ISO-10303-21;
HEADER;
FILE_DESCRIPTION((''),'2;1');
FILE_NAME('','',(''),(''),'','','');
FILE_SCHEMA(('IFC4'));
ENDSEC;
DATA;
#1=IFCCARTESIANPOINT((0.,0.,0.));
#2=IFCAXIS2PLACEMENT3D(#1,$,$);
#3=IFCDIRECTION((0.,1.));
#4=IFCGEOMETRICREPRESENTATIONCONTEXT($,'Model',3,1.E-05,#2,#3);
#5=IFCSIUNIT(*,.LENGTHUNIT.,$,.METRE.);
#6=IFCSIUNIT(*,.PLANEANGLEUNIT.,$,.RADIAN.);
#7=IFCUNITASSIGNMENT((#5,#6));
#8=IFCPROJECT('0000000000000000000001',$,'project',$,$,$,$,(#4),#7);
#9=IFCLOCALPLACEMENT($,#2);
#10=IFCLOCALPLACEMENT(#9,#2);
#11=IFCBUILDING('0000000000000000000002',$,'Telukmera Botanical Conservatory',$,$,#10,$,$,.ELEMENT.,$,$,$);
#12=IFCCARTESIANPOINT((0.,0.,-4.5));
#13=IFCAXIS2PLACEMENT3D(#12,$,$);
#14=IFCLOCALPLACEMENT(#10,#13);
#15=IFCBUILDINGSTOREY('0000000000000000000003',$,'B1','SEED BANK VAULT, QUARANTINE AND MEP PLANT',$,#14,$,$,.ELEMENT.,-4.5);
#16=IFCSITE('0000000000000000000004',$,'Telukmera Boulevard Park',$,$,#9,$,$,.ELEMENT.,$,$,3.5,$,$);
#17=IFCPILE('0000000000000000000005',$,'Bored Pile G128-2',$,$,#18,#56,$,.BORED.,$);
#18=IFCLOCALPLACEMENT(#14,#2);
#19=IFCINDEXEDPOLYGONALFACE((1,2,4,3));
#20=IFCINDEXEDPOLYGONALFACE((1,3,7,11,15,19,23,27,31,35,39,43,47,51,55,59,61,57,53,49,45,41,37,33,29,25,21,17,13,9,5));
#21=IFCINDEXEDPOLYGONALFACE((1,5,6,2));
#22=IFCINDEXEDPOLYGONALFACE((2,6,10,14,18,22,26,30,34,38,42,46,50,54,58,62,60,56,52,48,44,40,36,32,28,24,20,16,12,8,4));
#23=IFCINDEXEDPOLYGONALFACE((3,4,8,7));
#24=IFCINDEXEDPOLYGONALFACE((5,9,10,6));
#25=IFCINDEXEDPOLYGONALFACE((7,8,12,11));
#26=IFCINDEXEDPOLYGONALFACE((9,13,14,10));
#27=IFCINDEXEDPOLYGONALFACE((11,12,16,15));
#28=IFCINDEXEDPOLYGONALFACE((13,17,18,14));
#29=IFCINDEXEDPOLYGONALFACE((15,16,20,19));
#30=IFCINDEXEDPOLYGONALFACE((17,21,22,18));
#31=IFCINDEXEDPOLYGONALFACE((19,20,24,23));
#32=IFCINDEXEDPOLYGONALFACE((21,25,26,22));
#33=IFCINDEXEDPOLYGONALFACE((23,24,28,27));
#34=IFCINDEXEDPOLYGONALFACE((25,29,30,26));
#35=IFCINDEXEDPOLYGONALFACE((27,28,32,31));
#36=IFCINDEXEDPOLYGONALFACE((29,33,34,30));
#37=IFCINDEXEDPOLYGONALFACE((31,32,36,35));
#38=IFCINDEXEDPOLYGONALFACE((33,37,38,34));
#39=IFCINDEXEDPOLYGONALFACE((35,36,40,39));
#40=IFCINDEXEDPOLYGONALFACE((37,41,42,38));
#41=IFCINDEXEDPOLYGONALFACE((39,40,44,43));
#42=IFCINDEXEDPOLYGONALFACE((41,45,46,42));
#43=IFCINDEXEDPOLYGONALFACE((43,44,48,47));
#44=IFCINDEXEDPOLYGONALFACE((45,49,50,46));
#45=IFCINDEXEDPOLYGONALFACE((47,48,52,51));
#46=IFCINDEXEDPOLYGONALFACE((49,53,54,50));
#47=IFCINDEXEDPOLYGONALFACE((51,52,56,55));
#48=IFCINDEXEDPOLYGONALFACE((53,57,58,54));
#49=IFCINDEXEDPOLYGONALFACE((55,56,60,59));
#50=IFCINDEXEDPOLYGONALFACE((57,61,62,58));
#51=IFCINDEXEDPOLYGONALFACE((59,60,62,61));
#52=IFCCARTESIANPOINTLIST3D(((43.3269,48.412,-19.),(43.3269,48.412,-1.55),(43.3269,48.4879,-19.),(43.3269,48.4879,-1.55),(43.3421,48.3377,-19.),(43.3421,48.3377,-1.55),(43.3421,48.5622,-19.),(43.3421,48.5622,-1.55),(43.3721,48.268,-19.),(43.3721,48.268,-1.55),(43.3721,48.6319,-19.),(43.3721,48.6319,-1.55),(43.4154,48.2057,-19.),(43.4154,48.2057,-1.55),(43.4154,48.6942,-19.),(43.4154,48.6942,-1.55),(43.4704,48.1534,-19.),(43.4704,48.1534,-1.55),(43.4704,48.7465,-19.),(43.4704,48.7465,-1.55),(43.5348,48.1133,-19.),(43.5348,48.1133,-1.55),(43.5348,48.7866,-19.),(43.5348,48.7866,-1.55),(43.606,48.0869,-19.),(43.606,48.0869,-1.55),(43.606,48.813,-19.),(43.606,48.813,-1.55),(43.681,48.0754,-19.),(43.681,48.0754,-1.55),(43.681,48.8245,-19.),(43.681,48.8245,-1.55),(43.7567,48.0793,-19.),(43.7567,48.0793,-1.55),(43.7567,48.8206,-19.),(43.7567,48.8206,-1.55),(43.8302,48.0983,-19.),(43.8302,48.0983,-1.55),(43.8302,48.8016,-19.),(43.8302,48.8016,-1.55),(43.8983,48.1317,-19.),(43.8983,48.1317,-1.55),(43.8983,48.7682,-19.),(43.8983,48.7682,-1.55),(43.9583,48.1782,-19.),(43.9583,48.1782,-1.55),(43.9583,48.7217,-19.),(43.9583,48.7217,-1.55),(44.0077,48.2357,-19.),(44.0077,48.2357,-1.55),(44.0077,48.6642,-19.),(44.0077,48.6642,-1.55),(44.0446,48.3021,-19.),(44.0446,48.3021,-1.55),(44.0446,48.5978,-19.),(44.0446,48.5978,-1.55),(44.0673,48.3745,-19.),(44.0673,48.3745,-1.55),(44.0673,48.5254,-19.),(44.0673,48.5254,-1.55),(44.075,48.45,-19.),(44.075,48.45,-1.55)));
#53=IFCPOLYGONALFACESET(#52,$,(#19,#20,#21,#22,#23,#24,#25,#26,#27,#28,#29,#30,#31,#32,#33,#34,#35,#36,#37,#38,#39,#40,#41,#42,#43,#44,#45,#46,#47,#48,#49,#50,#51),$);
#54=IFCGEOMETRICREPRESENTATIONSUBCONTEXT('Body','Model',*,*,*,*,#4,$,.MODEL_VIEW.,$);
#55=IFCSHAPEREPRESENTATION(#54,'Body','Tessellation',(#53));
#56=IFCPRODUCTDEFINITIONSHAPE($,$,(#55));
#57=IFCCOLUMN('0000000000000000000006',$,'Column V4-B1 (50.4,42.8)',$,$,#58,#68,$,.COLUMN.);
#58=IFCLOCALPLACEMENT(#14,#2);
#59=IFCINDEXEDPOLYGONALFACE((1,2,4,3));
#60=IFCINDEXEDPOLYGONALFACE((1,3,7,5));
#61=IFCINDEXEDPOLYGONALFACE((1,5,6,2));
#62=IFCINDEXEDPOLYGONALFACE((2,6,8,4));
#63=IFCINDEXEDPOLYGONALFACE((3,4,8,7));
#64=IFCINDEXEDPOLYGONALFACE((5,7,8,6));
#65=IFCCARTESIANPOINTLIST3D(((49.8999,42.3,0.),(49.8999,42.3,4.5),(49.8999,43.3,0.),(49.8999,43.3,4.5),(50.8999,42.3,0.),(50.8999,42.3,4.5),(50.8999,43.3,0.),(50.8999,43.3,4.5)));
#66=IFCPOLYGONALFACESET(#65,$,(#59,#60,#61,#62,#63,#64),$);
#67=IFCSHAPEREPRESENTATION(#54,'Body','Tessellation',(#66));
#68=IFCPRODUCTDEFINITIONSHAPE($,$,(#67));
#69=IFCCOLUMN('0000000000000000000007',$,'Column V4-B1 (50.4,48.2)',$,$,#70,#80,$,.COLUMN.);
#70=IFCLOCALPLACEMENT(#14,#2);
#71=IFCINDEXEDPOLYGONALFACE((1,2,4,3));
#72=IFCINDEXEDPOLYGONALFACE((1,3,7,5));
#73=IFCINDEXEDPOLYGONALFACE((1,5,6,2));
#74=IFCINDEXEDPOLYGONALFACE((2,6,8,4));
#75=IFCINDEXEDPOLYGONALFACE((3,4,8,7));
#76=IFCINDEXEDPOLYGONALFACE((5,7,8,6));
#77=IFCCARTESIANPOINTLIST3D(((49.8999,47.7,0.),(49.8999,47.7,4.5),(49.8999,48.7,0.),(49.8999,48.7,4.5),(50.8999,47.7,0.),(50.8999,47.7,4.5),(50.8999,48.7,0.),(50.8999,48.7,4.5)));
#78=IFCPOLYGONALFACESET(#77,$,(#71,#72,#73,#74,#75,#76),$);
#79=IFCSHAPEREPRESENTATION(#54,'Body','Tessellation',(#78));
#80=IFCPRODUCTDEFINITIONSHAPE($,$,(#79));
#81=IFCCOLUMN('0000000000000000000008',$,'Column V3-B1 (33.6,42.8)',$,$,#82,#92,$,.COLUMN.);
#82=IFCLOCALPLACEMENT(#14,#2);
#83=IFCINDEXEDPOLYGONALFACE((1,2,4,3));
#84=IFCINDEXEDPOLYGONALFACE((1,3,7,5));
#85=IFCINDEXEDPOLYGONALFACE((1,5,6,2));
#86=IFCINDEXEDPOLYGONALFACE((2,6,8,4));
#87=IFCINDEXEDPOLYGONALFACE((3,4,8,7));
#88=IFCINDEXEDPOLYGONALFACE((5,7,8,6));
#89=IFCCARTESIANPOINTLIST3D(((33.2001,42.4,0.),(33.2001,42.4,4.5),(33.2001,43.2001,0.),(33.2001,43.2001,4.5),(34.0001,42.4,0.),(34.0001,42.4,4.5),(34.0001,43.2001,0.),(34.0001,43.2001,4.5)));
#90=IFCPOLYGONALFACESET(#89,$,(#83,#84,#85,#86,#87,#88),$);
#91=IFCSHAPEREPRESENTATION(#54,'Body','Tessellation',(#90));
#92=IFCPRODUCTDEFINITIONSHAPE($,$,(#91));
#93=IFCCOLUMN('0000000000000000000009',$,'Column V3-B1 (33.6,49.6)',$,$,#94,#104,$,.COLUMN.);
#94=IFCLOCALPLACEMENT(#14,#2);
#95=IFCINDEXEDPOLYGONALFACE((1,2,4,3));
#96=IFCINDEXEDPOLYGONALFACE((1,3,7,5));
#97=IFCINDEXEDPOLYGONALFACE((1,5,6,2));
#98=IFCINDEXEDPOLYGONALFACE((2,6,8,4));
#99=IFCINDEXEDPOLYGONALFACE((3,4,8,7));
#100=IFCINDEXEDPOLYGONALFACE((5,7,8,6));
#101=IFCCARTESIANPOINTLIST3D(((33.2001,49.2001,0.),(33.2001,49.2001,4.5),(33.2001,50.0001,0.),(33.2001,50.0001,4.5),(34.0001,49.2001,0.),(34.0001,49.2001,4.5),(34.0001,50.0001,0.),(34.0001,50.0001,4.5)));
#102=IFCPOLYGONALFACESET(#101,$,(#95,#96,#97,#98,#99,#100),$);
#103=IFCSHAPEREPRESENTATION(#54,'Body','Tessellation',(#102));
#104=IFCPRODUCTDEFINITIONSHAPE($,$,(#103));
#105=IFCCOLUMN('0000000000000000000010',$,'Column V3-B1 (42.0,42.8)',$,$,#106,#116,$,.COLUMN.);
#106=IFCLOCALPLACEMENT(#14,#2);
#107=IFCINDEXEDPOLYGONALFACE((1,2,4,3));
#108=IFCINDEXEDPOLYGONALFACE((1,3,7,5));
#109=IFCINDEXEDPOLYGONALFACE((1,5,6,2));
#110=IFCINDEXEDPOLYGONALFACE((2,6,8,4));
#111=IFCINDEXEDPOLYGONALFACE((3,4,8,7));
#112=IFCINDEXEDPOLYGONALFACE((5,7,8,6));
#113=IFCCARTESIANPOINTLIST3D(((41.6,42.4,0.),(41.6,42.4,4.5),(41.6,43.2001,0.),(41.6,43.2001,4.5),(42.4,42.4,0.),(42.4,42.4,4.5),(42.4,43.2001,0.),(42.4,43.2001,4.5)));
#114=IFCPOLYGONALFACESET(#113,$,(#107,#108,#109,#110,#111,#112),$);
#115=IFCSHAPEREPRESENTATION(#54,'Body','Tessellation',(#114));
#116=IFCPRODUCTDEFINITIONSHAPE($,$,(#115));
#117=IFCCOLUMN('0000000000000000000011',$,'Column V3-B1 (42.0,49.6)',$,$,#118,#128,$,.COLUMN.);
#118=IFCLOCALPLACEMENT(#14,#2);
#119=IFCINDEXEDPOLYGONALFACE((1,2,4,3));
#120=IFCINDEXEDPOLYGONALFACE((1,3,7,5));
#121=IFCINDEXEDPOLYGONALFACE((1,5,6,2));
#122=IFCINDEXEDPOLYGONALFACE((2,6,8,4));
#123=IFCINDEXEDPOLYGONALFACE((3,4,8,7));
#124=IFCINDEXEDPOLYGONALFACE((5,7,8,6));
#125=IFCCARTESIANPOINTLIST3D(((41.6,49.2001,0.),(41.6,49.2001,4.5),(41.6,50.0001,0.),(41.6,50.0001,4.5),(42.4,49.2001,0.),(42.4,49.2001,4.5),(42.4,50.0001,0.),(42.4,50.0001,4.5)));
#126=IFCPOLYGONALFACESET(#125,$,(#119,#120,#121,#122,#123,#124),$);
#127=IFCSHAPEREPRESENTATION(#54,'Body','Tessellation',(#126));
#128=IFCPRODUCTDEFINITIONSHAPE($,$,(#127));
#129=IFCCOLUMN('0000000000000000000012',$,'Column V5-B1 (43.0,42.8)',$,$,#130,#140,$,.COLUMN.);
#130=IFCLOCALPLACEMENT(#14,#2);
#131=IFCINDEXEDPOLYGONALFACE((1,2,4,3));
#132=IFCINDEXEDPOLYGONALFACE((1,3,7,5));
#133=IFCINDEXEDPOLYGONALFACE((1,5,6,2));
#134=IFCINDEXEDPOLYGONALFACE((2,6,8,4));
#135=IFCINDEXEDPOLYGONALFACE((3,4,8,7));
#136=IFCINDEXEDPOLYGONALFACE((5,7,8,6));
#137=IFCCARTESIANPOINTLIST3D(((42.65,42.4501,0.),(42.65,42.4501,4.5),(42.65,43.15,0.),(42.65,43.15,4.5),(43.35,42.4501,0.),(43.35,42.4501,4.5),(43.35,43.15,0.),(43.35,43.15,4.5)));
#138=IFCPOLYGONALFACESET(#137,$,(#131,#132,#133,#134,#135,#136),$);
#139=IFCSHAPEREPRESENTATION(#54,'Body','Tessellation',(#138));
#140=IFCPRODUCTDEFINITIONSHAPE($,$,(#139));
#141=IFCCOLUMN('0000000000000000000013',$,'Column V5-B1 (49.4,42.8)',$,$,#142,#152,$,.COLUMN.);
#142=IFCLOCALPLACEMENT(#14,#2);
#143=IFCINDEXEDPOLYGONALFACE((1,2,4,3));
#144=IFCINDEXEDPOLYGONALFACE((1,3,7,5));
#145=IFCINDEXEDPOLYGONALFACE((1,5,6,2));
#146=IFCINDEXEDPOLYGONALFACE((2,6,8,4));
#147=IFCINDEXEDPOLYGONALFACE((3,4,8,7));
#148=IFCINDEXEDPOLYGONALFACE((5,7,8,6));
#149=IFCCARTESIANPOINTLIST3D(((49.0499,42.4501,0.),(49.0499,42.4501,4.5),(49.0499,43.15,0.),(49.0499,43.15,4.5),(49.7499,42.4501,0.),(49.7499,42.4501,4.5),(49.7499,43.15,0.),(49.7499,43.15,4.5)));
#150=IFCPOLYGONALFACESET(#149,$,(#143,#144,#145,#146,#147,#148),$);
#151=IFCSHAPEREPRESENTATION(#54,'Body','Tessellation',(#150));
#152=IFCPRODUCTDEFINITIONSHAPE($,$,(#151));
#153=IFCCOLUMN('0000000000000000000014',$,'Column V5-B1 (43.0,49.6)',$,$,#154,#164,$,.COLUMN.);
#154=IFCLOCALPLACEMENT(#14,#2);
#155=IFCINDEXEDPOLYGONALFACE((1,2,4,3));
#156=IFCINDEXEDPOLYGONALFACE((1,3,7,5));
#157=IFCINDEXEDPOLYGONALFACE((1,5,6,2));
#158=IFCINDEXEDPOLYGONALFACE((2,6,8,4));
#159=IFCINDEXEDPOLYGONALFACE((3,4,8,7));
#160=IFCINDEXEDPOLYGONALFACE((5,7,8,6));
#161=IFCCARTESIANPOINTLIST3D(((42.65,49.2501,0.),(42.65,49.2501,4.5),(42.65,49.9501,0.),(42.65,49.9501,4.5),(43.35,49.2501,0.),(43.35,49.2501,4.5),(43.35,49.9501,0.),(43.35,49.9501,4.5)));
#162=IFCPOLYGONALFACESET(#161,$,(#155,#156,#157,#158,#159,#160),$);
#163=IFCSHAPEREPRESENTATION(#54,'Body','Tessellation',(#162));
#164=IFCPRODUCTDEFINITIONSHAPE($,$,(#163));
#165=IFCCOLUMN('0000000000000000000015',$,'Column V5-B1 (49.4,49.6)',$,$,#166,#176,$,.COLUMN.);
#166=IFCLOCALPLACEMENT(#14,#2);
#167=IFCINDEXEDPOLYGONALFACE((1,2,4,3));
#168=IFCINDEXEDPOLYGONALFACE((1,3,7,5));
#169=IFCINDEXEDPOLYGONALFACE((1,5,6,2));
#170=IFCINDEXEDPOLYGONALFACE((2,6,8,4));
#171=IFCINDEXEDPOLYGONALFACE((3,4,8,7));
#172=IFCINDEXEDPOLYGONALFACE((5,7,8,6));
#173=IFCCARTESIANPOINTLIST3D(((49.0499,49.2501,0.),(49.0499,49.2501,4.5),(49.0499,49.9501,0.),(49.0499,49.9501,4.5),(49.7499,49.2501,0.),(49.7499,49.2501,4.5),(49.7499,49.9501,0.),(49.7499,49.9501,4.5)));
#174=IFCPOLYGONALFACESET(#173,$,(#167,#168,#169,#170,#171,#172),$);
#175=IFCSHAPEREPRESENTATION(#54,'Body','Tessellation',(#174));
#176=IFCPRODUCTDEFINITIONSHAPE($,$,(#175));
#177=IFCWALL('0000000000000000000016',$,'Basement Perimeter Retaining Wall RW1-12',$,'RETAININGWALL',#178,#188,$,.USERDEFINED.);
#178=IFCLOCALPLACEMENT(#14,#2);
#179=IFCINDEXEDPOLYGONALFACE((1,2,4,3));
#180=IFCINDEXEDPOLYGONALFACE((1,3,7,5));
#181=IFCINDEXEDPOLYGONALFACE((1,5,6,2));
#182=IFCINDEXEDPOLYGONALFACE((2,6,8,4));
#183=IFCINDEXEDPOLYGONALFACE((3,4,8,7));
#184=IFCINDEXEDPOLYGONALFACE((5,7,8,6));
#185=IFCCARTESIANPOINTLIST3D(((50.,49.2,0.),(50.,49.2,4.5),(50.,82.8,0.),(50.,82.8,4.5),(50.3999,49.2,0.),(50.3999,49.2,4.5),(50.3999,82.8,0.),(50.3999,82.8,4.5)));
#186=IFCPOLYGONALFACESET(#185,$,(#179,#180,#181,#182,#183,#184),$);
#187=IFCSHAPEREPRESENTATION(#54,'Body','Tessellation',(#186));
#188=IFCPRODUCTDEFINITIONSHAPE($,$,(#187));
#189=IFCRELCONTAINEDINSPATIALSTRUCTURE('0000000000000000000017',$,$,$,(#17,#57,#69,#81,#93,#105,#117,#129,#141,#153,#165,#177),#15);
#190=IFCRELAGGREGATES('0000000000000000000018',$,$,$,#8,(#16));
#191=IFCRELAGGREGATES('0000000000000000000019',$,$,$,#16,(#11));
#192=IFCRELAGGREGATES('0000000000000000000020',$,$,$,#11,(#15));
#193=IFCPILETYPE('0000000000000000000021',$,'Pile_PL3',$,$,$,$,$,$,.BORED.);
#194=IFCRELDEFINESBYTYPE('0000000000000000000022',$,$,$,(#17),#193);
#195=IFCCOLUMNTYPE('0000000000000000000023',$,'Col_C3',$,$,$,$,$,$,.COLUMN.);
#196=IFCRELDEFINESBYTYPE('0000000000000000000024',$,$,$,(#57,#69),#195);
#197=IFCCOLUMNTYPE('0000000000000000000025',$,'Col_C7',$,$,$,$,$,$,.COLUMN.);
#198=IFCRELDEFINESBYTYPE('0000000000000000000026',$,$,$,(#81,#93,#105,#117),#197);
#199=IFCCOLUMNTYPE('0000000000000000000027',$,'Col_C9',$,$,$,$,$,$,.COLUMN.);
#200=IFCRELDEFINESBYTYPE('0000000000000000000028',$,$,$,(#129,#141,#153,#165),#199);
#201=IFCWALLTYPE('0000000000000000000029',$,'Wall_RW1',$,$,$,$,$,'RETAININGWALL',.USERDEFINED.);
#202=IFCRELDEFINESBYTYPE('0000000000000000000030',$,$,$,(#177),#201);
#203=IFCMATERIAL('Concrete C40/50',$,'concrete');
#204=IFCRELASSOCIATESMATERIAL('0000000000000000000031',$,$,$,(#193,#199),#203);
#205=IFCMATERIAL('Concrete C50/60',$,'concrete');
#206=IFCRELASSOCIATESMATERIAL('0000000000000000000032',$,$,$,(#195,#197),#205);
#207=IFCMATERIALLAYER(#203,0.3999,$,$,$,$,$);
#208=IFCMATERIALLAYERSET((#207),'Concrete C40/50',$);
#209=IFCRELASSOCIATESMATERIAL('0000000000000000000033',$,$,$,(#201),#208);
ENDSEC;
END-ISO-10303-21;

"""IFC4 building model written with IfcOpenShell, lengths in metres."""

from ifc_helpers import new_model, si_unit, direction, frame, frame_2d, origin, origin_2d, place, context, subcontext, project, spatial, rectangle, circle, extrude, material, layer, layer_set, material_profile, profile_set, type_object, element, save


model = new_model("IFC4")

# Units and contexts
model_context = context("Model", 3, precision=1e-05, world=origin(), true_north=direction((0.0, 1.0)))
body_context = subcontext(model_context, "Body", "Model", "MODEL_VIEW")
ifc_project = project(units=[si_unit("LENGTHUNIT", "METRE"), si_unit("PLANEANGLEUNIT", "RADIAN")], contexts=[model_context])

# Site, building, storey
site_placement = place(None, origin())
site = spatial("IfcSite", under=ifc_project, at=site_placement, Name="Telukmera Boulevard Park", CompositionType="ELEMENT", RefElevation=3.5)
building_placement = place(site_placement, origin())
building = spatial("IfcBuilding", under=site, at=building_placement, Name="Telukmera Botanical Conservatory", CompositionType="ELEMENT")
storey_placement = place(building_placement, frame((0.0, 0.0, -4.5)))
storey = spatial("IfcBuildingStorey", under=building, at=storey_placement, Name="B1", Description="SEED BANK VAULT, QUARANTINE AND MEP PLANT", CompositionType="ELEMENT", Elevation=-4.5)

# Shared definitions
ifc_material_1 = material(Name="Concrete C50/60", Category="concrete")
ifc_material_2 = material(Name="Concrete C40/50", Category="concrete")

# Pile
ifc_material_profile_1 = material_profile(ifc_material_2, circle(Radius=0.375, at=origin_2d()), Name="PILE D750")
ifc_profile_set_1 = profile_set([ifc_material_profile_1], Name="Concrete C40/50")
pile_type_1 = type_object("IfcPileType", Name="Pile_PL3", PredefinedType="BORED", material=ifc_profile_set_1)
for number, where, z_axis, x_axis, name in (
    (1, (43.7, 48.45, -1.55), (0.0, 0.0, -1.0), (1.0, 0.0, 0.0), "Bored Pile G128-2"),
):
    element("IfcPile", number, at=place(storey_placement, frame(where, z_axis=z_axis, x_axis=x_axis)), inside=storey, type_object=pile_type_1, Name=name, PredefinedType="BORED", context=body_context, shape_type="SweptSolid", body=[
        extrude(circle(Radius=0.375, at=origin_2d()), origin(), (0.0, 0.0, 1.0), 17.45),
    ])

# Columns
ifc_material_profile_2 = material_profile(ifc_material_1, rectangle(XDim=1.0, YDim=1.0, at=origin_2d()), Name="RC 1000x1000")
ifc_profile_set_2 = profile_set([ifc_material_profile_2], Name="Concrete C50/60")
column_type_1 = type_object("IfcColumnType", Name="Col_C3", PredefinedType="COLUMN", material=ifc_profile_set_2)
for number, where, z_axis, x_axis, name in (
    (2, (50.3999, 42.8, 0.0), (0.0, 0.0, 1.0), (1.0, 0.0, 0.0), "Column V4-B1 (50.4,42.8)"),
    (3, (50.3999, 48.2, 0.0), (0.0, 0.0, 1.0), (1.0, 0.0, 0.0), "Column V4-B1 (50.4,48.2)"),
):
    element("IfcColumn", number, at=place(storey_placement, frame(where, z_axis=z_axis, x_axis=x_axis)), inside=storey, type_object=column_type_1, Name=name, PredefinedType="COLUMN", context=body_context, shape_type="SweptSolid", body=[
        extrude(rectangle(XDim=1.0, YDim=1.0, at=origin_2d()), origin(), (0.0, 0.0, 1.0), 4.5),
    ])
ifc_material_profile_3 = material_profile(ifc_material_1, rectangle(XDim=0.8, YDim=0.8, at=origin_2d()), Name="RC 800x800")
ifc_profile_set_3 = profile_set([ifc_material_profile_3], Name="Concrete C50/60")
column_type_2 = type_object("IfcColumnType", Name="Col_C7", PredefinedType="COLUMN", material=ifc_profile_set_3)
for number, where, z_axis, x_axis, name in (
    (4, (33.6001, 42.8, 0.0), (0.0, 0.0, 1.0), (1.0, 0.0, 0.0), "Column V3-B1 (33.6,42.8)"),
    (5, (33.6001, 49.6001, 0.0), (0.0, 0.0, 1.0), (1.0, 0.0, 0.0), "Column V3-B1 (33.6,49.6)"),
    (6, (42.0, 42.8, 0.0), (0.0, 0.0, 1.0), (1.0, 0.0, 0.0), "Column V3-B1 (42.0,42.8)"),
    (7, (42.0, 49.6001, 0.0), (0.0, 0.0, 1.0), (1.0, 0.0, 0.0), "Column V3-B1 (42.0,49.6)"),
):
    element("IfcColumn", number, at=place(storey_placement, frame(where, z_axis=z_axis, x_axis=x_axis)), inside=storey, type_object=column_type_2, Name=name, PredefinedType="COLUMN", context=body_context, shape_type="SweptSolid", body=[
        extrude(rectangle(XDim=0.8, YDim=0.8, at=origin_2d()), origin(), (0.0, 0.0, 1.0), 4.5),
    ])
ifc_material_profile_4 = material_profile(ifc_material_2, rectangle(XDim=0.7, YDim=0.7, at=origin_2d()), Name="RC 700x700")
ifc_profile_set_4 = profile_set([ifc_material_profile_4], Name="Concrete C40/50")
column_type_3 = type_object("IfcColumnType", Name="Col_C9", PredefinedType="COLUMN", material=ifc_profile_set_4)
for number, where, z_axis, x_axis, name in (
    (8, (43.0, 42.8, 0.0), (0.0, 0.0, 1.0), (1.0, 0.0, 0.0), "Column V5-B1 (43.0,42.8)"),
    (9, (49.3999, 42.8, 0.0), (0.0, 0.0, 1.0), (1.0, 0.0, 0.0), "Column V5-B1 (49.4,42.8)"),
    (10, (43.0, 49.6001, 0.0), (0.0, 0.0, 1.0), (1.0, 0.0, 0.0), "Column V5-B1 (43.0,49.6)"),
    (11, (49.3999, 49.6001, 0.0), (0.0, 0.0, 1.0), (1.0, 0.0, 0.0), "Column V5-B1 (49.4,49.6)"),
):
    element("IfcColumn", number, at=place(storey_placement, frame(where, z_axis=z_axis, x_axis=x_axis)), inside=storey, type_object=column_type_3, Name=name, PredefinedType="COLUMN", context=body_context, shape_type="SweptSolid", body=[
        extrude(rectangle(XDim=0.7, YDim=0.7, at=origin_2d()), origin(), (0.0, 0.0, 1.0), 4.5),
    ])

# Wall
ifc_layer = layer(ifc_material_2, 0.3999)
ifc_layer_set = layer_set([ifc_layer], Name="Concrete C40/50")
wall_type = type_object("IfcWallType", Name="Wall_RW1", ElementType="RETAININGWALL", PredefinedType="USERDEFINED", material=ifc_layer_set)
wall_placement = place(storey_placement, frame((50.2, 49.2, 0.0), z_axis=(0.0, 0.0, 1.0), x_axis=(0.0, 1.0, 0.0)))
element("IfcWall", 12, at=wall_placement, inside=storey, type_object=wall_type, Name="Basement Perimeter Retaining Wall RW1-12", ObjectType="RETAININGWALL", PredefinedType="USERDEFINED", context=body_context, shape_type="SweptSolid", body=[
    extrude(rectangle(XDim=33.6001, YDim=0.3999, at=frame_2d((16.8, 0.0))), origin(), (0.0, 0.0, 1.0), 4.5),
])

save(model, "model.ifc")
